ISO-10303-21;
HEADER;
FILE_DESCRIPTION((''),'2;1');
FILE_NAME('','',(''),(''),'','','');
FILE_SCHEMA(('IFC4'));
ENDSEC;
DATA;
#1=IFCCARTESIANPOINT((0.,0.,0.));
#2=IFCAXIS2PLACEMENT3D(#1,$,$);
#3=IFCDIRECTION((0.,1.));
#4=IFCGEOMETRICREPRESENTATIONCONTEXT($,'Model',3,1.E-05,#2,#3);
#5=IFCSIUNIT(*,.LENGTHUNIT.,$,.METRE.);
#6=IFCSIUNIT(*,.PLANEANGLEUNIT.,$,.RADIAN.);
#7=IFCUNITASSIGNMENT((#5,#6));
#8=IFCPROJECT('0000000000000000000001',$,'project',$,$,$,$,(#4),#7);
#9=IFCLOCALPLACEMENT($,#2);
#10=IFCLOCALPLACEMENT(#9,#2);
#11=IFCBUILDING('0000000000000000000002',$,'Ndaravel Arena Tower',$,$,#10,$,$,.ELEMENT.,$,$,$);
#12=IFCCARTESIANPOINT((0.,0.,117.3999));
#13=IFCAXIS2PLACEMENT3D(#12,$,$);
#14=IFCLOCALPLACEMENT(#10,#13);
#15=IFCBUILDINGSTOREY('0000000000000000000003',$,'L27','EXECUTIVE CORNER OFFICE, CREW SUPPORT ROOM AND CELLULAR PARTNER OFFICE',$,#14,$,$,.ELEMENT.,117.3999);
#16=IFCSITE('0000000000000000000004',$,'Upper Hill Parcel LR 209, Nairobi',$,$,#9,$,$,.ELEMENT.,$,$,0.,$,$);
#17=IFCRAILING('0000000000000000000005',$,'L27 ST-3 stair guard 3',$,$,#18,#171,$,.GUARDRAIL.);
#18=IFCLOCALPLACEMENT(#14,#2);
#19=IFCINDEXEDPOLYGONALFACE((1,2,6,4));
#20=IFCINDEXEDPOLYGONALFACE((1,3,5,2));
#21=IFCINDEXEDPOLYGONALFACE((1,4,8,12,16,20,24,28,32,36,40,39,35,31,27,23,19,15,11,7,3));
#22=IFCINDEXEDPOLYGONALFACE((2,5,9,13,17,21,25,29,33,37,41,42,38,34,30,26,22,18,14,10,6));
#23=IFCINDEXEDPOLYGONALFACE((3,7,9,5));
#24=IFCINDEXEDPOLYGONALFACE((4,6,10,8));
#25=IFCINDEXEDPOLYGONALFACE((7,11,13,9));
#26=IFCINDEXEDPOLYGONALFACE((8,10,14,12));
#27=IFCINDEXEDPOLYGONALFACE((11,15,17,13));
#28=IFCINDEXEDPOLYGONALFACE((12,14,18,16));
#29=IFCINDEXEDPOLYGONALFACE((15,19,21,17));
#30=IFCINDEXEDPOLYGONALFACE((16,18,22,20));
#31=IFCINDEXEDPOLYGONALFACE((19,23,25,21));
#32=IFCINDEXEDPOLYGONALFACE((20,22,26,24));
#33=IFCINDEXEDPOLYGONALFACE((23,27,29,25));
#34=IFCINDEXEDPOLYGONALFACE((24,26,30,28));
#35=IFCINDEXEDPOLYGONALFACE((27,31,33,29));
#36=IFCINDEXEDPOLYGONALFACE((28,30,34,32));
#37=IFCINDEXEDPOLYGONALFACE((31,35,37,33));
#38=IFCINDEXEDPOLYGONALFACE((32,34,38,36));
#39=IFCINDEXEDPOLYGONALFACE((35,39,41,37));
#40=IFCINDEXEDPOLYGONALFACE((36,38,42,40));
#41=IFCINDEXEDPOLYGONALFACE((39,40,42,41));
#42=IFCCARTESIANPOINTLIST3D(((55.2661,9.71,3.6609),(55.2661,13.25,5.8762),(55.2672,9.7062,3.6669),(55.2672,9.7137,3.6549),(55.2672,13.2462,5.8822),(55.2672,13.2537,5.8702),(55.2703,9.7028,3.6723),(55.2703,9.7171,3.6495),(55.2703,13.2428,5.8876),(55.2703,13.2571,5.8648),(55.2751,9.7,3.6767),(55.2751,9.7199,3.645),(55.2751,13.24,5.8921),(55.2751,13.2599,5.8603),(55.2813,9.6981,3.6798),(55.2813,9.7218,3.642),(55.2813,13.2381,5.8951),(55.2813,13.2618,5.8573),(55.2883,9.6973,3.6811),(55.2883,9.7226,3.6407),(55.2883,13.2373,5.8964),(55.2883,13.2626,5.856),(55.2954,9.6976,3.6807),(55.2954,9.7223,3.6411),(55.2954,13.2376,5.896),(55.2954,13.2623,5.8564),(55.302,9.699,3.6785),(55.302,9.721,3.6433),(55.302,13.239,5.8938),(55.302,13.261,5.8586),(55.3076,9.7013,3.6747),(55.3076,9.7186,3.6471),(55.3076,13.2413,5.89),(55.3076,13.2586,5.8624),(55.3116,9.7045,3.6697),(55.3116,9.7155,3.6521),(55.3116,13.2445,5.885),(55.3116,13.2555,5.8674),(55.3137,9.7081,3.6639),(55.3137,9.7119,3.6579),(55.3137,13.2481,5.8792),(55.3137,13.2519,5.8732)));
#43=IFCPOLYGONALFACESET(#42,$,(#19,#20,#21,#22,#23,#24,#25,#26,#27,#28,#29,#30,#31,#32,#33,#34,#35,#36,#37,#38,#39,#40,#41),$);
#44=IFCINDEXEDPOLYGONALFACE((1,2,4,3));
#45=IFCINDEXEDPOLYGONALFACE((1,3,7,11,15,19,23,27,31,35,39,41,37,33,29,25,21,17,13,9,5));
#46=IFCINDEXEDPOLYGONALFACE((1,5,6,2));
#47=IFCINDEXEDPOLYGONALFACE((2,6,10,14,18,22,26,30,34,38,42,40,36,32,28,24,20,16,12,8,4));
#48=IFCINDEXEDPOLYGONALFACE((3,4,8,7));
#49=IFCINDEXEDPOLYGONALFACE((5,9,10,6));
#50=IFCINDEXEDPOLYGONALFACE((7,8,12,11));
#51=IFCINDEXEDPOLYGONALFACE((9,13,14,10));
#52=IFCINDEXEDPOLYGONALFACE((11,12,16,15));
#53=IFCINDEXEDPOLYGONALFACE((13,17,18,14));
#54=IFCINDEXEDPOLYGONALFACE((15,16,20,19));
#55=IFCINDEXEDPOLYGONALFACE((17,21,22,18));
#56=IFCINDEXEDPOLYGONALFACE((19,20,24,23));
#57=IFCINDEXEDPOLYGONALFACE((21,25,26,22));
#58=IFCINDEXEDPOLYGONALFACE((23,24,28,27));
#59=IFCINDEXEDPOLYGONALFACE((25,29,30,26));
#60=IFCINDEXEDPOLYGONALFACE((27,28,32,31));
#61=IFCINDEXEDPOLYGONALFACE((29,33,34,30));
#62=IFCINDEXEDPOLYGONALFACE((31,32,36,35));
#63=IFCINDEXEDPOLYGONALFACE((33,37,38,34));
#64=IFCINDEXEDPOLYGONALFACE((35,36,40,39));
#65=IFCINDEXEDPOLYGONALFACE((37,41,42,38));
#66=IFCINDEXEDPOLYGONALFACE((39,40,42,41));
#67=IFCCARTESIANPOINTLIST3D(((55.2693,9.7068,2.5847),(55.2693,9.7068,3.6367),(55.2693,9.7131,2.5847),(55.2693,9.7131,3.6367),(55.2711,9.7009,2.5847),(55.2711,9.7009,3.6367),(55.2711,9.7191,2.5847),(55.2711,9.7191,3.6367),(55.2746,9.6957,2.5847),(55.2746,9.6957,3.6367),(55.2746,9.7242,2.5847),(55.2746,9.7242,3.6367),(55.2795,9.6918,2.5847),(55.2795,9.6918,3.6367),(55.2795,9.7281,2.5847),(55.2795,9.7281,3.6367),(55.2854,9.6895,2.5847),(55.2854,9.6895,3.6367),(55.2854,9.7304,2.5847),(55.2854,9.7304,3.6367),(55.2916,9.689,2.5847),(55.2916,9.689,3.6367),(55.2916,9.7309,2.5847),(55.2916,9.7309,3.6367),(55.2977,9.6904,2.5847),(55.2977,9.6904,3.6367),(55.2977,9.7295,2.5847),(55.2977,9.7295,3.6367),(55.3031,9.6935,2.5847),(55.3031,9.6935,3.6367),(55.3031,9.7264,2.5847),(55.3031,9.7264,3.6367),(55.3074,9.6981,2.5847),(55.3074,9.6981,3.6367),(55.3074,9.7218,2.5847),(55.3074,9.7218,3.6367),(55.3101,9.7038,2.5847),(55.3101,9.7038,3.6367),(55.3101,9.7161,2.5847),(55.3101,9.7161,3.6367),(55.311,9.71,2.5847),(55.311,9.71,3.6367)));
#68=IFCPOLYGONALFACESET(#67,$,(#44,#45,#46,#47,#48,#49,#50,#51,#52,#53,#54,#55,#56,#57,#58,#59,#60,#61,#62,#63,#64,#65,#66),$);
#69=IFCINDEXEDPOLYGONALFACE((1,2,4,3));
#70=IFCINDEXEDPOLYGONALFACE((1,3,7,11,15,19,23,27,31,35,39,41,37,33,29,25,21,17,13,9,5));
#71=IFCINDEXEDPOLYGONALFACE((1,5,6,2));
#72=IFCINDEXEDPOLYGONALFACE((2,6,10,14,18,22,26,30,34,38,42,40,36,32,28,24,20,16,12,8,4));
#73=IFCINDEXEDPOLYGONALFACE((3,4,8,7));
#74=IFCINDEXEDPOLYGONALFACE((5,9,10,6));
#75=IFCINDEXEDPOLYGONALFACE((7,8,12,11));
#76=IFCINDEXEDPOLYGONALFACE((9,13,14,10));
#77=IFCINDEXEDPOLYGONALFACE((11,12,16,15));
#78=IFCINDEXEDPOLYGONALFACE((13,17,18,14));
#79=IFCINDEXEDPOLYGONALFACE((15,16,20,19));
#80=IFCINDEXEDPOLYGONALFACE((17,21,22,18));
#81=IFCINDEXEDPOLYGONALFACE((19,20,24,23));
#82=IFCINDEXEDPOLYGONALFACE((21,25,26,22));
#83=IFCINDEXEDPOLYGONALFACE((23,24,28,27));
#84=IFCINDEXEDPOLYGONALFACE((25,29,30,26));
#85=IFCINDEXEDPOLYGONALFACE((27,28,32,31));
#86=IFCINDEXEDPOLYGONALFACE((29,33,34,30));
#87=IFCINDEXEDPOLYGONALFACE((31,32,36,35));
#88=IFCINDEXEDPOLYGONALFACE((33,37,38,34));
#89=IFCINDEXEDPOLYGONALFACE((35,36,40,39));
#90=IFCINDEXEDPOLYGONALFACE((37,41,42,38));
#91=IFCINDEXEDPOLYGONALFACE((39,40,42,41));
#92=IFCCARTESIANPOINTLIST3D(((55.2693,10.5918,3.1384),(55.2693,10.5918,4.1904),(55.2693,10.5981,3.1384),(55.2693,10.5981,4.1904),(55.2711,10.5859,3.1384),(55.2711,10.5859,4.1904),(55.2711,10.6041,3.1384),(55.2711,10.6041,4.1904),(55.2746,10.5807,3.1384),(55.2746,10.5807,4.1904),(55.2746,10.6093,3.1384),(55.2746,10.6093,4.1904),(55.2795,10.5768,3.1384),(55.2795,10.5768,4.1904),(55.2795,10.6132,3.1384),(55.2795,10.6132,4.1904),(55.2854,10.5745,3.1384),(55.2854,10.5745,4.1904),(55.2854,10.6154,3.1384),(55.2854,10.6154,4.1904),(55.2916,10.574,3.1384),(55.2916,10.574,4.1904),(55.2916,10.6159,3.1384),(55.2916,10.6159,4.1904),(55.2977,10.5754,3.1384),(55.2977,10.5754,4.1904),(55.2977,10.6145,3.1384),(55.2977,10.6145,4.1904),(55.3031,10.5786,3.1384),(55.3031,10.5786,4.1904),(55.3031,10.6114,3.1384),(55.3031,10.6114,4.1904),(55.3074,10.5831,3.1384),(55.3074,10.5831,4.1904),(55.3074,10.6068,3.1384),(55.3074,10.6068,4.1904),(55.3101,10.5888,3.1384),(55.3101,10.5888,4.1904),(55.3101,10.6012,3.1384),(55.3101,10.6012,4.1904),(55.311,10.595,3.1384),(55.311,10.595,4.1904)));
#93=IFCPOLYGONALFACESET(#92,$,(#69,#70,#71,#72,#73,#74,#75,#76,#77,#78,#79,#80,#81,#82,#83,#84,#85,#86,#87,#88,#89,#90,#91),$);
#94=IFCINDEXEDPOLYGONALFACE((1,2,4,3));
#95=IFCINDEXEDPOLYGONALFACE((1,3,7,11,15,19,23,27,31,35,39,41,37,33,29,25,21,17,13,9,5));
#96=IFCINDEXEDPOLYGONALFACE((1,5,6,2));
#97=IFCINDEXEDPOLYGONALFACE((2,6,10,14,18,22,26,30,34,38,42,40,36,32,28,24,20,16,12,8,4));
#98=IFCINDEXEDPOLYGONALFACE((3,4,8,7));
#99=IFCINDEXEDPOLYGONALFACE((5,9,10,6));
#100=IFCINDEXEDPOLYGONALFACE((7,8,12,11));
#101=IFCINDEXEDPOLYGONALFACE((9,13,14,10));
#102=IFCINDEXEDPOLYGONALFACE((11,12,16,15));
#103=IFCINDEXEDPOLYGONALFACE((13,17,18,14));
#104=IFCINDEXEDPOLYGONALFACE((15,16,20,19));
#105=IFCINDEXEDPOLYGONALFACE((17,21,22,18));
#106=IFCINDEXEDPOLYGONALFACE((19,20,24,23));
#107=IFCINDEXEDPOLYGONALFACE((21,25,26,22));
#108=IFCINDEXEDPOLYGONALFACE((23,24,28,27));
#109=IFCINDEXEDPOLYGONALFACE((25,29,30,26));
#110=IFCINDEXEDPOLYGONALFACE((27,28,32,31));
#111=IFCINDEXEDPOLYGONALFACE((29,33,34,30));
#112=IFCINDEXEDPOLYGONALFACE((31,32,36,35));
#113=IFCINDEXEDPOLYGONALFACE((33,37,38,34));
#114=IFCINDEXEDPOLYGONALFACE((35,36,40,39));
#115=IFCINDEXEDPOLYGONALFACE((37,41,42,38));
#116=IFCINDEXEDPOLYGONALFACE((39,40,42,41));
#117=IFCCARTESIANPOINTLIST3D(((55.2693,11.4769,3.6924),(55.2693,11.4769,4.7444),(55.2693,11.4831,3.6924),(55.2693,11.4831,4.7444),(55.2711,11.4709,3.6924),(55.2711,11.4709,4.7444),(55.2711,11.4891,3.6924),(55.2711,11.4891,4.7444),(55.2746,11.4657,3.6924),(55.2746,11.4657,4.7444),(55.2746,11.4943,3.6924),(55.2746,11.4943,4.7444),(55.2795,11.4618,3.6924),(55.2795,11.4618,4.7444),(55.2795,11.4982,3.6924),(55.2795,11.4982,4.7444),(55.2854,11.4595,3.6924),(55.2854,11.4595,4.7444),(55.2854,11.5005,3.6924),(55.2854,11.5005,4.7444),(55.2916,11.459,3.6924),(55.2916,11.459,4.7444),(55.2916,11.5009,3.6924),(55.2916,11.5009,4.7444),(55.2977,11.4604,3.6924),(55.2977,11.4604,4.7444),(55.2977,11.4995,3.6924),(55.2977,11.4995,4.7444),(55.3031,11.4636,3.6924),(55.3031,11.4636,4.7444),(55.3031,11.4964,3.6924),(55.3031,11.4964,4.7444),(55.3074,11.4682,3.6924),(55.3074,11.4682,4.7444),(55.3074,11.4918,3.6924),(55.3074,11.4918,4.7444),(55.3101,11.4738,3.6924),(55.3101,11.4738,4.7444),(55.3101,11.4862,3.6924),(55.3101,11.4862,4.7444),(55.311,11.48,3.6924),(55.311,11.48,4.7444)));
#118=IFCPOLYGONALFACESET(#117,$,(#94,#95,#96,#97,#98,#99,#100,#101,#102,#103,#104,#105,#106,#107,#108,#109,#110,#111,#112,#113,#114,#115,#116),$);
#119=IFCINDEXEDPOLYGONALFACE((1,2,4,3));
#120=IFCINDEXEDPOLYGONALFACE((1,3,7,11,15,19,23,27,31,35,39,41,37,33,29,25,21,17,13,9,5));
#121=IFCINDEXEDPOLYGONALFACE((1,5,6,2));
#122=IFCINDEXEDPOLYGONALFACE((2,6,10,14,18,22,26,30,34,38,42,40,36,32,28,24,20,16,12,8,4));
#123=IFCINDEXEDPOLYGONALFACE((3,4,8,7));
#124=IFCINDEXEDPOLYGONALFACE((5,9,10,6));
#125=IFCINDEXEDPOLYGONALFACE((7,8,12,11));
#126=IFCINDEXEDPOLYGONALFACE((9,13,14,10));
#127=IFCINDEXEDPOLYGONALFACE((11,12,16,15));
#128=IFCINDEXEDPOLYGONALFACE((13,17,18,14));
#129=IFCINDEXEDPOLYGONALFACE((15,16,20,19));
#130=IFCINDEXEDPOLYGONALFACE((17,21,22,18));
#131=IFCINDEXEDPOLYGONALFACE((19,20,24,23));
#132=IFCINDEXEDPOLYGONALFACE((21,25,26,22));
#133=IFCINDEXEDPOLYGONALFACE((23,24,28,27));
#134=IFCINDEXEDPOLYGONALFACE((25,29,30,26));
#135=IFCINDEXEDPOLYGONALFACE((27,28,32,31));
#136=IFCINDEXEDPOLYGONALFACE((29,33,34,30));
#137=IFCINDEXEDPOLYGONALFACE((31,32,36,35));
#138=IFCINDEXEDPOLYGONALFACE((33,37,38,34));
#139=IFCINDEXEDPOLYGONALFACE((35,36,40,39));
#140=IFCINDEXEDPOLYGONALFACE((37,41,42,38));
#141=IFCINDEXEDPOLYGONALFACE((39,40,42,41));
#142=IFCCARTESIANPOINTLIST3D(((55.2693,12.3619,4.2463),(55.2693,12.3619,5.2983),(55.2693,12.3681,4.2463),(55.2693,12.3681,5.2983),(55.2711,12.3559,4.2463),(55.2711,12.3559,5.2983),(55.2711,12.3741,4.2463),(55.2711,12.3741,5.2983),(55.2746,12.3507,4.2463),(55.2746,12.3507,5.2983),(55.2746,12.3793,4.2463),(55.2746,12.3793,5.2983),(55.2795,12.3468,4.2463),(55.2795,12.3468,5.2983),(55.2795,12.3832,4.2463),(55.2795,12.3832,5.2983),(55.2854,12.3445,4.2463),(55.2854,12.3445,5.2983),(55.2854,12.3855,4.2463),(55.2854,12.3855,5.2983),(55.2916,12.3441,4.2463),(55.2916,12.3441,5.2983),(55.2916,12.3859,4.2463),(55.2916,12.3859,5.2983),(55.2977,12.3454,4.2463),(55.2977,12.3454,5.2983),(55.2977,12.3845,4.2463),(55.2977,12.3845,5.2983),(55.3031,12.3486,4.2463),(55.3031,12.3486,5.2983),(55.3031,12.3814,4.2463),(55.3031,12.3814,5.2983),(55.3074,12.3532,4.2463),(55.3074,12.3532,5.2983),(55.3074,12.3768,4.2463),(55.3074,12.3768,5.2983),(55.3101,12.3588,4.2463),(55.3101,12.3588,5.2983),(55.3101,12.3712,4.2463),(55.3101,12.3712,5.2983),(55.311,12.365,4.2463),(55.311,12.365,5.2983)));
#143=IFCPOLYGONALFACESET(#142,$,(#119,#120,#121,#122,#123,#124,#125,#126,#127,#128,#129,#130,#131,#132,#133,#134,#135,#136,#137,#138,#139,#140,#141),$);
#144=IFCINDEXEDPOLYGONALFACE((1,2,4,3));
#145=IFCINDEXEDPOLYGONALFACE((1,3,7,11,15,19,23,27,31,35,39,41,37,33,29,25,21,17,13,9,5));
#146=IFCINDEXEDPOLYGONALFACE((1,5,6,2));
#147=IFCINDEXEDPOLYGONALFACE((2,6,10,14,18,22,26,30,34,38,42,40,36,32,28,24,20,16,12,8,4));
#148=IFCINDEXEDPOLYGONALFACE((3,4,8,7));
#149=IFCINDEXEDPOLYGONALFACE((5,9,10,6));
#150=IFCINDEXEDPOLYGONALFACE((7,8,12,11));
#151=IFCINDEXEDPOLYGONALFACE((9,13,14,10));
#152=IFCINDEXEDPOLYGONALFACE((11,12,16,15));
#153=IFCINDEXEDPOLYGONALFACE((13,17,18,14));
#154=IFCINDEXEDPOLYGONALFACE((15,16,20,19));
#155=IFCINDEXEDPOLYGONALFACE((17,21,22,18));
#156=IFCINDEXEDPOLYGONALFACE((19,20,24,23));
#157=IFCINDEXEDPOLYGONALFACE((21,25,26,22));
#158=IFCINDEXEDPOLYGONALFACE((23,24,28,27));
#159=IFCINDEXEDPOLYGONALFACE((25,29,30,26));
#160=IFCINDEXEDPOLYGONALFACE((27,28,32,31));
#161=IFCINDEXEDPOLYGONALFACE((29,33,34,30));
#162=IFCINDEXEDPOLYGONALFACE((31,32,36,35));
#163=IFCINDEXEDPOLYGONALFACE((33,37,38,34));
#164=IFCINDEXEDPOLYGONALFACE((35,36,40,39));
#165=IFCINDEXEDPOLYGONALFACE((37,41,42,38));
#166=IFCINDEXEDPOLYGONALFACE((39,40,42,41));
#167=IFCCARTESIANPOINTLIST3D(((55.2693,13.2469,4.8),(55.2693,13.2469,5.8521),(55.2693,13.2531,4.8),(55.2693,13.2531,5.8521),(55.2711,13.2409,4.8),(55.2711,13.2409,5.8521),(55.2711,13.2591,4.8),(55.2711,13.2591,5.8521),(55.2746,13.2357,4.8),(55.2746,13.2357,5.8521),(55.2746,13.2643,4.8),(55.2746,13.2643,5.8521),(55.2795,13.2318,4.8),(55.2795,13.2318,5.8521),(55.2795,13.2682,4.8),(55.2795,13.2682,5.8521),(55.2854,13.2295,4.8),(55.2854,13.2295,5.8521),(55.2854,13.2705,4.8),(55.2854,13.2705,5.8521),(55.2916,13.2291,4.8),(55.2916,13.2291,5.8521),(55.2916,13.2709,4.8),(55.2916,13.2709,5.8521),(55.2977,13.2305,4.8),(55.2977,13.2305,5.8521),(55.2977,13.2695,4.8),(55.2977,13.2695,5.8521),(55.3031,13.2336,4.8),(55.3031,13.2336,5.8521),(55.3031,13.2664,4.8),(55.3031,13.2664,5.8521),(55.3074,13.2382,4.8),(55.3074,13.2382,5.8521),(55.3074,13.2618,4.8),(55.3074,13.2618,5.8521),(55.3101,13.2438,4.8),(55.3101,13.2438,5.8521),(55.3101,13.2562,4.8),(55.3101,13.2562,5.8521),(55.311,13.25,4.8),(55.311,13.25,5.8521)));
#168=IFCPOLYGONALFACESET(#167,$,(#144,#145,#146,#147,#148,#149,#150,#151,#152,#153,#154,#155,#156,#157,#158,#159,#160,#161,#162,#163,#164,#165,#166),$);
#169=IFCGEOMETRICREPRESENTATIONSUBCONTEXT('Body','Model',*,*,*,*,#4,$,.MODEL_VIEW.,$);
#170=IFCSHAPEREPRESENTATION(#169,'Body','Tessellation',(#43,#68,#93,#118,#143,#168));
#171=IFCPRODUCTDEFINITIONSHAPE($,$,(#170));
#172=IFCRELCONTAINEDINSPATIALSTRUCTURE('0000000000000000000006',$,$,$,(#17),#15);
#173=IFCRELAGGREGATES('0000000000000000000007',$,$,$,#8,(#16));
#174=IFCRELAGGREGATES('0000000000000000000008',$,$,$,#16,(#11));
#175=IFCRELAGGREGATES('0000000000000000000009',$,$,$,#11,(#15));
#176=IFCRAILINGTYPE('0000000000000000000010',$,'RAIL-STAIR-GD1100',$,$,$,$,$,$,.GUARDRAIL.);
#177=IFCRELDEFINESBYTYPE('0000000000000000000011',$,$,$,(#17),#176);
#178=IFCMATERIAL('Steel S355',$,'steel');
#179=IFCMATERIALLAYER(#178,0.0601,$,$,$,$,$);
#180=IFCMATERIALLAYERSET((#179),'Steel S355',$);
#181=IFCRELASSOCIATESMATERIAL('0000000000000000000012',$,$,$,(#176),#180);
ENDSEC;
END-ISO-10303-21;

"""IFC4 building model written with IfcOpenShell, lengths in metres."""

from ifc_helpers import new_model, si_unit, direction, frame, origin, origin_2d, place, context, subcontext, project, spatial, circle, extrude, material, layer, layer_set, type_object, element, save


model = new_model("IFC4")

# Units and contexts
model_context = context("Model", 3, precision=1e-05, world=origin(), true_north=direction((0.0, 1.0)))
body_context = subcontext(model_context, "Body", "Model", "MODEL_VIEW")
ifc_project = project(units=[si_unit("LENGTHUNIT", "METRE"), si_unit("PLANEANGLEUNIT", "RADIAN")], contexts=[model_context])

# Site, building, storey
site_placement = place(None, origin())
site = spatial("IfcSite", under=ifc_project, at=site_placement, Name="Upper Hill Parcel LR 209, Nairobi", CompositionType="ELEMENT", RefElevation=0.0)
building_placement = place(site_placement, origin())
building = spatial("IfcBuilding", under=site, at=building_placement, Name="Ndaravel Arena Tower", CompositionType="ELEMENT")
storey_placement = place(building_placement, frame((0.0, 0.0, 117.3999)))
storey = spatial("IfcBuildingStorey", under=building, at=storey_placement, Name="L27", Description="EXECUTIVE CORNER OFFICE, CREW SUPPORT ROOM AND CELLULAR PARTNER OFFICE", CompositionType="ELEMENT", Elevation=117.3999)

# Railing
ifc_material_1 = material(Name="Steel S355", Category="steel")
ifc_layer_1 = layer(ifc_material_1, 0.0601)
ifc_layer_set_1 = layer_set([ifc_layer_1], Name="Steel S355")
railing_type_1 = type_object("IfcRailingType", Name="RAIL-STAIR-GD1100", PredefinedType="GUARDRAIL", material=ifc_layer_set_1)
railing_1_placement = place(storey_placement, frame((55.29, 9.71, 2.5847)))
element("IfcRailing", 1, at=railing_1_placement, inside=storey, type_object=railing_type_1, Name="L27 ST-3 stair guard 3", PredefinedType="GUARDRAIL", context=body_context, shape_type="SweptSolid", body=[
    extrude(circle(Radius=0.0239, at=origin_2d()), frame((0.0, 0.0, 1.0762), z_axis=(0.0, 0.847696, 0.530482), x_axis=(-1.0, 0.0, 0.0)), (0.0, 0.0, 1.0), 4.176),
    extrude(circle(Radius=0.021, at=origin_2d()), origin(), (0.0, 0.0, 1.0), 1.052),
    extrude(circle(Radius=0.021, at=origin_2d()), frame((0.0, 0.885, 0.5537)), (0.0, 0.0, 1.0), 1.052),
    extrude(circle(Radius=0.021, at=origin_2d()), frame((0.0, 1.77, 1.1077)), (0.0, 0.0, 1.0), 1.052),
    extrude(circle(Radius=0.021, at=origin_2d()), frame((0.0, 2.655, 1.6616)), (0.0, 0.0, 1.0), 1.052),
    extrude(circle(Radius=0.021, at=origin_2d()), frame((0.0, 3.54, 2.2153)), (0.0, 0.0, 1.0), 1.052),
])

save(model, "model.ifc")
